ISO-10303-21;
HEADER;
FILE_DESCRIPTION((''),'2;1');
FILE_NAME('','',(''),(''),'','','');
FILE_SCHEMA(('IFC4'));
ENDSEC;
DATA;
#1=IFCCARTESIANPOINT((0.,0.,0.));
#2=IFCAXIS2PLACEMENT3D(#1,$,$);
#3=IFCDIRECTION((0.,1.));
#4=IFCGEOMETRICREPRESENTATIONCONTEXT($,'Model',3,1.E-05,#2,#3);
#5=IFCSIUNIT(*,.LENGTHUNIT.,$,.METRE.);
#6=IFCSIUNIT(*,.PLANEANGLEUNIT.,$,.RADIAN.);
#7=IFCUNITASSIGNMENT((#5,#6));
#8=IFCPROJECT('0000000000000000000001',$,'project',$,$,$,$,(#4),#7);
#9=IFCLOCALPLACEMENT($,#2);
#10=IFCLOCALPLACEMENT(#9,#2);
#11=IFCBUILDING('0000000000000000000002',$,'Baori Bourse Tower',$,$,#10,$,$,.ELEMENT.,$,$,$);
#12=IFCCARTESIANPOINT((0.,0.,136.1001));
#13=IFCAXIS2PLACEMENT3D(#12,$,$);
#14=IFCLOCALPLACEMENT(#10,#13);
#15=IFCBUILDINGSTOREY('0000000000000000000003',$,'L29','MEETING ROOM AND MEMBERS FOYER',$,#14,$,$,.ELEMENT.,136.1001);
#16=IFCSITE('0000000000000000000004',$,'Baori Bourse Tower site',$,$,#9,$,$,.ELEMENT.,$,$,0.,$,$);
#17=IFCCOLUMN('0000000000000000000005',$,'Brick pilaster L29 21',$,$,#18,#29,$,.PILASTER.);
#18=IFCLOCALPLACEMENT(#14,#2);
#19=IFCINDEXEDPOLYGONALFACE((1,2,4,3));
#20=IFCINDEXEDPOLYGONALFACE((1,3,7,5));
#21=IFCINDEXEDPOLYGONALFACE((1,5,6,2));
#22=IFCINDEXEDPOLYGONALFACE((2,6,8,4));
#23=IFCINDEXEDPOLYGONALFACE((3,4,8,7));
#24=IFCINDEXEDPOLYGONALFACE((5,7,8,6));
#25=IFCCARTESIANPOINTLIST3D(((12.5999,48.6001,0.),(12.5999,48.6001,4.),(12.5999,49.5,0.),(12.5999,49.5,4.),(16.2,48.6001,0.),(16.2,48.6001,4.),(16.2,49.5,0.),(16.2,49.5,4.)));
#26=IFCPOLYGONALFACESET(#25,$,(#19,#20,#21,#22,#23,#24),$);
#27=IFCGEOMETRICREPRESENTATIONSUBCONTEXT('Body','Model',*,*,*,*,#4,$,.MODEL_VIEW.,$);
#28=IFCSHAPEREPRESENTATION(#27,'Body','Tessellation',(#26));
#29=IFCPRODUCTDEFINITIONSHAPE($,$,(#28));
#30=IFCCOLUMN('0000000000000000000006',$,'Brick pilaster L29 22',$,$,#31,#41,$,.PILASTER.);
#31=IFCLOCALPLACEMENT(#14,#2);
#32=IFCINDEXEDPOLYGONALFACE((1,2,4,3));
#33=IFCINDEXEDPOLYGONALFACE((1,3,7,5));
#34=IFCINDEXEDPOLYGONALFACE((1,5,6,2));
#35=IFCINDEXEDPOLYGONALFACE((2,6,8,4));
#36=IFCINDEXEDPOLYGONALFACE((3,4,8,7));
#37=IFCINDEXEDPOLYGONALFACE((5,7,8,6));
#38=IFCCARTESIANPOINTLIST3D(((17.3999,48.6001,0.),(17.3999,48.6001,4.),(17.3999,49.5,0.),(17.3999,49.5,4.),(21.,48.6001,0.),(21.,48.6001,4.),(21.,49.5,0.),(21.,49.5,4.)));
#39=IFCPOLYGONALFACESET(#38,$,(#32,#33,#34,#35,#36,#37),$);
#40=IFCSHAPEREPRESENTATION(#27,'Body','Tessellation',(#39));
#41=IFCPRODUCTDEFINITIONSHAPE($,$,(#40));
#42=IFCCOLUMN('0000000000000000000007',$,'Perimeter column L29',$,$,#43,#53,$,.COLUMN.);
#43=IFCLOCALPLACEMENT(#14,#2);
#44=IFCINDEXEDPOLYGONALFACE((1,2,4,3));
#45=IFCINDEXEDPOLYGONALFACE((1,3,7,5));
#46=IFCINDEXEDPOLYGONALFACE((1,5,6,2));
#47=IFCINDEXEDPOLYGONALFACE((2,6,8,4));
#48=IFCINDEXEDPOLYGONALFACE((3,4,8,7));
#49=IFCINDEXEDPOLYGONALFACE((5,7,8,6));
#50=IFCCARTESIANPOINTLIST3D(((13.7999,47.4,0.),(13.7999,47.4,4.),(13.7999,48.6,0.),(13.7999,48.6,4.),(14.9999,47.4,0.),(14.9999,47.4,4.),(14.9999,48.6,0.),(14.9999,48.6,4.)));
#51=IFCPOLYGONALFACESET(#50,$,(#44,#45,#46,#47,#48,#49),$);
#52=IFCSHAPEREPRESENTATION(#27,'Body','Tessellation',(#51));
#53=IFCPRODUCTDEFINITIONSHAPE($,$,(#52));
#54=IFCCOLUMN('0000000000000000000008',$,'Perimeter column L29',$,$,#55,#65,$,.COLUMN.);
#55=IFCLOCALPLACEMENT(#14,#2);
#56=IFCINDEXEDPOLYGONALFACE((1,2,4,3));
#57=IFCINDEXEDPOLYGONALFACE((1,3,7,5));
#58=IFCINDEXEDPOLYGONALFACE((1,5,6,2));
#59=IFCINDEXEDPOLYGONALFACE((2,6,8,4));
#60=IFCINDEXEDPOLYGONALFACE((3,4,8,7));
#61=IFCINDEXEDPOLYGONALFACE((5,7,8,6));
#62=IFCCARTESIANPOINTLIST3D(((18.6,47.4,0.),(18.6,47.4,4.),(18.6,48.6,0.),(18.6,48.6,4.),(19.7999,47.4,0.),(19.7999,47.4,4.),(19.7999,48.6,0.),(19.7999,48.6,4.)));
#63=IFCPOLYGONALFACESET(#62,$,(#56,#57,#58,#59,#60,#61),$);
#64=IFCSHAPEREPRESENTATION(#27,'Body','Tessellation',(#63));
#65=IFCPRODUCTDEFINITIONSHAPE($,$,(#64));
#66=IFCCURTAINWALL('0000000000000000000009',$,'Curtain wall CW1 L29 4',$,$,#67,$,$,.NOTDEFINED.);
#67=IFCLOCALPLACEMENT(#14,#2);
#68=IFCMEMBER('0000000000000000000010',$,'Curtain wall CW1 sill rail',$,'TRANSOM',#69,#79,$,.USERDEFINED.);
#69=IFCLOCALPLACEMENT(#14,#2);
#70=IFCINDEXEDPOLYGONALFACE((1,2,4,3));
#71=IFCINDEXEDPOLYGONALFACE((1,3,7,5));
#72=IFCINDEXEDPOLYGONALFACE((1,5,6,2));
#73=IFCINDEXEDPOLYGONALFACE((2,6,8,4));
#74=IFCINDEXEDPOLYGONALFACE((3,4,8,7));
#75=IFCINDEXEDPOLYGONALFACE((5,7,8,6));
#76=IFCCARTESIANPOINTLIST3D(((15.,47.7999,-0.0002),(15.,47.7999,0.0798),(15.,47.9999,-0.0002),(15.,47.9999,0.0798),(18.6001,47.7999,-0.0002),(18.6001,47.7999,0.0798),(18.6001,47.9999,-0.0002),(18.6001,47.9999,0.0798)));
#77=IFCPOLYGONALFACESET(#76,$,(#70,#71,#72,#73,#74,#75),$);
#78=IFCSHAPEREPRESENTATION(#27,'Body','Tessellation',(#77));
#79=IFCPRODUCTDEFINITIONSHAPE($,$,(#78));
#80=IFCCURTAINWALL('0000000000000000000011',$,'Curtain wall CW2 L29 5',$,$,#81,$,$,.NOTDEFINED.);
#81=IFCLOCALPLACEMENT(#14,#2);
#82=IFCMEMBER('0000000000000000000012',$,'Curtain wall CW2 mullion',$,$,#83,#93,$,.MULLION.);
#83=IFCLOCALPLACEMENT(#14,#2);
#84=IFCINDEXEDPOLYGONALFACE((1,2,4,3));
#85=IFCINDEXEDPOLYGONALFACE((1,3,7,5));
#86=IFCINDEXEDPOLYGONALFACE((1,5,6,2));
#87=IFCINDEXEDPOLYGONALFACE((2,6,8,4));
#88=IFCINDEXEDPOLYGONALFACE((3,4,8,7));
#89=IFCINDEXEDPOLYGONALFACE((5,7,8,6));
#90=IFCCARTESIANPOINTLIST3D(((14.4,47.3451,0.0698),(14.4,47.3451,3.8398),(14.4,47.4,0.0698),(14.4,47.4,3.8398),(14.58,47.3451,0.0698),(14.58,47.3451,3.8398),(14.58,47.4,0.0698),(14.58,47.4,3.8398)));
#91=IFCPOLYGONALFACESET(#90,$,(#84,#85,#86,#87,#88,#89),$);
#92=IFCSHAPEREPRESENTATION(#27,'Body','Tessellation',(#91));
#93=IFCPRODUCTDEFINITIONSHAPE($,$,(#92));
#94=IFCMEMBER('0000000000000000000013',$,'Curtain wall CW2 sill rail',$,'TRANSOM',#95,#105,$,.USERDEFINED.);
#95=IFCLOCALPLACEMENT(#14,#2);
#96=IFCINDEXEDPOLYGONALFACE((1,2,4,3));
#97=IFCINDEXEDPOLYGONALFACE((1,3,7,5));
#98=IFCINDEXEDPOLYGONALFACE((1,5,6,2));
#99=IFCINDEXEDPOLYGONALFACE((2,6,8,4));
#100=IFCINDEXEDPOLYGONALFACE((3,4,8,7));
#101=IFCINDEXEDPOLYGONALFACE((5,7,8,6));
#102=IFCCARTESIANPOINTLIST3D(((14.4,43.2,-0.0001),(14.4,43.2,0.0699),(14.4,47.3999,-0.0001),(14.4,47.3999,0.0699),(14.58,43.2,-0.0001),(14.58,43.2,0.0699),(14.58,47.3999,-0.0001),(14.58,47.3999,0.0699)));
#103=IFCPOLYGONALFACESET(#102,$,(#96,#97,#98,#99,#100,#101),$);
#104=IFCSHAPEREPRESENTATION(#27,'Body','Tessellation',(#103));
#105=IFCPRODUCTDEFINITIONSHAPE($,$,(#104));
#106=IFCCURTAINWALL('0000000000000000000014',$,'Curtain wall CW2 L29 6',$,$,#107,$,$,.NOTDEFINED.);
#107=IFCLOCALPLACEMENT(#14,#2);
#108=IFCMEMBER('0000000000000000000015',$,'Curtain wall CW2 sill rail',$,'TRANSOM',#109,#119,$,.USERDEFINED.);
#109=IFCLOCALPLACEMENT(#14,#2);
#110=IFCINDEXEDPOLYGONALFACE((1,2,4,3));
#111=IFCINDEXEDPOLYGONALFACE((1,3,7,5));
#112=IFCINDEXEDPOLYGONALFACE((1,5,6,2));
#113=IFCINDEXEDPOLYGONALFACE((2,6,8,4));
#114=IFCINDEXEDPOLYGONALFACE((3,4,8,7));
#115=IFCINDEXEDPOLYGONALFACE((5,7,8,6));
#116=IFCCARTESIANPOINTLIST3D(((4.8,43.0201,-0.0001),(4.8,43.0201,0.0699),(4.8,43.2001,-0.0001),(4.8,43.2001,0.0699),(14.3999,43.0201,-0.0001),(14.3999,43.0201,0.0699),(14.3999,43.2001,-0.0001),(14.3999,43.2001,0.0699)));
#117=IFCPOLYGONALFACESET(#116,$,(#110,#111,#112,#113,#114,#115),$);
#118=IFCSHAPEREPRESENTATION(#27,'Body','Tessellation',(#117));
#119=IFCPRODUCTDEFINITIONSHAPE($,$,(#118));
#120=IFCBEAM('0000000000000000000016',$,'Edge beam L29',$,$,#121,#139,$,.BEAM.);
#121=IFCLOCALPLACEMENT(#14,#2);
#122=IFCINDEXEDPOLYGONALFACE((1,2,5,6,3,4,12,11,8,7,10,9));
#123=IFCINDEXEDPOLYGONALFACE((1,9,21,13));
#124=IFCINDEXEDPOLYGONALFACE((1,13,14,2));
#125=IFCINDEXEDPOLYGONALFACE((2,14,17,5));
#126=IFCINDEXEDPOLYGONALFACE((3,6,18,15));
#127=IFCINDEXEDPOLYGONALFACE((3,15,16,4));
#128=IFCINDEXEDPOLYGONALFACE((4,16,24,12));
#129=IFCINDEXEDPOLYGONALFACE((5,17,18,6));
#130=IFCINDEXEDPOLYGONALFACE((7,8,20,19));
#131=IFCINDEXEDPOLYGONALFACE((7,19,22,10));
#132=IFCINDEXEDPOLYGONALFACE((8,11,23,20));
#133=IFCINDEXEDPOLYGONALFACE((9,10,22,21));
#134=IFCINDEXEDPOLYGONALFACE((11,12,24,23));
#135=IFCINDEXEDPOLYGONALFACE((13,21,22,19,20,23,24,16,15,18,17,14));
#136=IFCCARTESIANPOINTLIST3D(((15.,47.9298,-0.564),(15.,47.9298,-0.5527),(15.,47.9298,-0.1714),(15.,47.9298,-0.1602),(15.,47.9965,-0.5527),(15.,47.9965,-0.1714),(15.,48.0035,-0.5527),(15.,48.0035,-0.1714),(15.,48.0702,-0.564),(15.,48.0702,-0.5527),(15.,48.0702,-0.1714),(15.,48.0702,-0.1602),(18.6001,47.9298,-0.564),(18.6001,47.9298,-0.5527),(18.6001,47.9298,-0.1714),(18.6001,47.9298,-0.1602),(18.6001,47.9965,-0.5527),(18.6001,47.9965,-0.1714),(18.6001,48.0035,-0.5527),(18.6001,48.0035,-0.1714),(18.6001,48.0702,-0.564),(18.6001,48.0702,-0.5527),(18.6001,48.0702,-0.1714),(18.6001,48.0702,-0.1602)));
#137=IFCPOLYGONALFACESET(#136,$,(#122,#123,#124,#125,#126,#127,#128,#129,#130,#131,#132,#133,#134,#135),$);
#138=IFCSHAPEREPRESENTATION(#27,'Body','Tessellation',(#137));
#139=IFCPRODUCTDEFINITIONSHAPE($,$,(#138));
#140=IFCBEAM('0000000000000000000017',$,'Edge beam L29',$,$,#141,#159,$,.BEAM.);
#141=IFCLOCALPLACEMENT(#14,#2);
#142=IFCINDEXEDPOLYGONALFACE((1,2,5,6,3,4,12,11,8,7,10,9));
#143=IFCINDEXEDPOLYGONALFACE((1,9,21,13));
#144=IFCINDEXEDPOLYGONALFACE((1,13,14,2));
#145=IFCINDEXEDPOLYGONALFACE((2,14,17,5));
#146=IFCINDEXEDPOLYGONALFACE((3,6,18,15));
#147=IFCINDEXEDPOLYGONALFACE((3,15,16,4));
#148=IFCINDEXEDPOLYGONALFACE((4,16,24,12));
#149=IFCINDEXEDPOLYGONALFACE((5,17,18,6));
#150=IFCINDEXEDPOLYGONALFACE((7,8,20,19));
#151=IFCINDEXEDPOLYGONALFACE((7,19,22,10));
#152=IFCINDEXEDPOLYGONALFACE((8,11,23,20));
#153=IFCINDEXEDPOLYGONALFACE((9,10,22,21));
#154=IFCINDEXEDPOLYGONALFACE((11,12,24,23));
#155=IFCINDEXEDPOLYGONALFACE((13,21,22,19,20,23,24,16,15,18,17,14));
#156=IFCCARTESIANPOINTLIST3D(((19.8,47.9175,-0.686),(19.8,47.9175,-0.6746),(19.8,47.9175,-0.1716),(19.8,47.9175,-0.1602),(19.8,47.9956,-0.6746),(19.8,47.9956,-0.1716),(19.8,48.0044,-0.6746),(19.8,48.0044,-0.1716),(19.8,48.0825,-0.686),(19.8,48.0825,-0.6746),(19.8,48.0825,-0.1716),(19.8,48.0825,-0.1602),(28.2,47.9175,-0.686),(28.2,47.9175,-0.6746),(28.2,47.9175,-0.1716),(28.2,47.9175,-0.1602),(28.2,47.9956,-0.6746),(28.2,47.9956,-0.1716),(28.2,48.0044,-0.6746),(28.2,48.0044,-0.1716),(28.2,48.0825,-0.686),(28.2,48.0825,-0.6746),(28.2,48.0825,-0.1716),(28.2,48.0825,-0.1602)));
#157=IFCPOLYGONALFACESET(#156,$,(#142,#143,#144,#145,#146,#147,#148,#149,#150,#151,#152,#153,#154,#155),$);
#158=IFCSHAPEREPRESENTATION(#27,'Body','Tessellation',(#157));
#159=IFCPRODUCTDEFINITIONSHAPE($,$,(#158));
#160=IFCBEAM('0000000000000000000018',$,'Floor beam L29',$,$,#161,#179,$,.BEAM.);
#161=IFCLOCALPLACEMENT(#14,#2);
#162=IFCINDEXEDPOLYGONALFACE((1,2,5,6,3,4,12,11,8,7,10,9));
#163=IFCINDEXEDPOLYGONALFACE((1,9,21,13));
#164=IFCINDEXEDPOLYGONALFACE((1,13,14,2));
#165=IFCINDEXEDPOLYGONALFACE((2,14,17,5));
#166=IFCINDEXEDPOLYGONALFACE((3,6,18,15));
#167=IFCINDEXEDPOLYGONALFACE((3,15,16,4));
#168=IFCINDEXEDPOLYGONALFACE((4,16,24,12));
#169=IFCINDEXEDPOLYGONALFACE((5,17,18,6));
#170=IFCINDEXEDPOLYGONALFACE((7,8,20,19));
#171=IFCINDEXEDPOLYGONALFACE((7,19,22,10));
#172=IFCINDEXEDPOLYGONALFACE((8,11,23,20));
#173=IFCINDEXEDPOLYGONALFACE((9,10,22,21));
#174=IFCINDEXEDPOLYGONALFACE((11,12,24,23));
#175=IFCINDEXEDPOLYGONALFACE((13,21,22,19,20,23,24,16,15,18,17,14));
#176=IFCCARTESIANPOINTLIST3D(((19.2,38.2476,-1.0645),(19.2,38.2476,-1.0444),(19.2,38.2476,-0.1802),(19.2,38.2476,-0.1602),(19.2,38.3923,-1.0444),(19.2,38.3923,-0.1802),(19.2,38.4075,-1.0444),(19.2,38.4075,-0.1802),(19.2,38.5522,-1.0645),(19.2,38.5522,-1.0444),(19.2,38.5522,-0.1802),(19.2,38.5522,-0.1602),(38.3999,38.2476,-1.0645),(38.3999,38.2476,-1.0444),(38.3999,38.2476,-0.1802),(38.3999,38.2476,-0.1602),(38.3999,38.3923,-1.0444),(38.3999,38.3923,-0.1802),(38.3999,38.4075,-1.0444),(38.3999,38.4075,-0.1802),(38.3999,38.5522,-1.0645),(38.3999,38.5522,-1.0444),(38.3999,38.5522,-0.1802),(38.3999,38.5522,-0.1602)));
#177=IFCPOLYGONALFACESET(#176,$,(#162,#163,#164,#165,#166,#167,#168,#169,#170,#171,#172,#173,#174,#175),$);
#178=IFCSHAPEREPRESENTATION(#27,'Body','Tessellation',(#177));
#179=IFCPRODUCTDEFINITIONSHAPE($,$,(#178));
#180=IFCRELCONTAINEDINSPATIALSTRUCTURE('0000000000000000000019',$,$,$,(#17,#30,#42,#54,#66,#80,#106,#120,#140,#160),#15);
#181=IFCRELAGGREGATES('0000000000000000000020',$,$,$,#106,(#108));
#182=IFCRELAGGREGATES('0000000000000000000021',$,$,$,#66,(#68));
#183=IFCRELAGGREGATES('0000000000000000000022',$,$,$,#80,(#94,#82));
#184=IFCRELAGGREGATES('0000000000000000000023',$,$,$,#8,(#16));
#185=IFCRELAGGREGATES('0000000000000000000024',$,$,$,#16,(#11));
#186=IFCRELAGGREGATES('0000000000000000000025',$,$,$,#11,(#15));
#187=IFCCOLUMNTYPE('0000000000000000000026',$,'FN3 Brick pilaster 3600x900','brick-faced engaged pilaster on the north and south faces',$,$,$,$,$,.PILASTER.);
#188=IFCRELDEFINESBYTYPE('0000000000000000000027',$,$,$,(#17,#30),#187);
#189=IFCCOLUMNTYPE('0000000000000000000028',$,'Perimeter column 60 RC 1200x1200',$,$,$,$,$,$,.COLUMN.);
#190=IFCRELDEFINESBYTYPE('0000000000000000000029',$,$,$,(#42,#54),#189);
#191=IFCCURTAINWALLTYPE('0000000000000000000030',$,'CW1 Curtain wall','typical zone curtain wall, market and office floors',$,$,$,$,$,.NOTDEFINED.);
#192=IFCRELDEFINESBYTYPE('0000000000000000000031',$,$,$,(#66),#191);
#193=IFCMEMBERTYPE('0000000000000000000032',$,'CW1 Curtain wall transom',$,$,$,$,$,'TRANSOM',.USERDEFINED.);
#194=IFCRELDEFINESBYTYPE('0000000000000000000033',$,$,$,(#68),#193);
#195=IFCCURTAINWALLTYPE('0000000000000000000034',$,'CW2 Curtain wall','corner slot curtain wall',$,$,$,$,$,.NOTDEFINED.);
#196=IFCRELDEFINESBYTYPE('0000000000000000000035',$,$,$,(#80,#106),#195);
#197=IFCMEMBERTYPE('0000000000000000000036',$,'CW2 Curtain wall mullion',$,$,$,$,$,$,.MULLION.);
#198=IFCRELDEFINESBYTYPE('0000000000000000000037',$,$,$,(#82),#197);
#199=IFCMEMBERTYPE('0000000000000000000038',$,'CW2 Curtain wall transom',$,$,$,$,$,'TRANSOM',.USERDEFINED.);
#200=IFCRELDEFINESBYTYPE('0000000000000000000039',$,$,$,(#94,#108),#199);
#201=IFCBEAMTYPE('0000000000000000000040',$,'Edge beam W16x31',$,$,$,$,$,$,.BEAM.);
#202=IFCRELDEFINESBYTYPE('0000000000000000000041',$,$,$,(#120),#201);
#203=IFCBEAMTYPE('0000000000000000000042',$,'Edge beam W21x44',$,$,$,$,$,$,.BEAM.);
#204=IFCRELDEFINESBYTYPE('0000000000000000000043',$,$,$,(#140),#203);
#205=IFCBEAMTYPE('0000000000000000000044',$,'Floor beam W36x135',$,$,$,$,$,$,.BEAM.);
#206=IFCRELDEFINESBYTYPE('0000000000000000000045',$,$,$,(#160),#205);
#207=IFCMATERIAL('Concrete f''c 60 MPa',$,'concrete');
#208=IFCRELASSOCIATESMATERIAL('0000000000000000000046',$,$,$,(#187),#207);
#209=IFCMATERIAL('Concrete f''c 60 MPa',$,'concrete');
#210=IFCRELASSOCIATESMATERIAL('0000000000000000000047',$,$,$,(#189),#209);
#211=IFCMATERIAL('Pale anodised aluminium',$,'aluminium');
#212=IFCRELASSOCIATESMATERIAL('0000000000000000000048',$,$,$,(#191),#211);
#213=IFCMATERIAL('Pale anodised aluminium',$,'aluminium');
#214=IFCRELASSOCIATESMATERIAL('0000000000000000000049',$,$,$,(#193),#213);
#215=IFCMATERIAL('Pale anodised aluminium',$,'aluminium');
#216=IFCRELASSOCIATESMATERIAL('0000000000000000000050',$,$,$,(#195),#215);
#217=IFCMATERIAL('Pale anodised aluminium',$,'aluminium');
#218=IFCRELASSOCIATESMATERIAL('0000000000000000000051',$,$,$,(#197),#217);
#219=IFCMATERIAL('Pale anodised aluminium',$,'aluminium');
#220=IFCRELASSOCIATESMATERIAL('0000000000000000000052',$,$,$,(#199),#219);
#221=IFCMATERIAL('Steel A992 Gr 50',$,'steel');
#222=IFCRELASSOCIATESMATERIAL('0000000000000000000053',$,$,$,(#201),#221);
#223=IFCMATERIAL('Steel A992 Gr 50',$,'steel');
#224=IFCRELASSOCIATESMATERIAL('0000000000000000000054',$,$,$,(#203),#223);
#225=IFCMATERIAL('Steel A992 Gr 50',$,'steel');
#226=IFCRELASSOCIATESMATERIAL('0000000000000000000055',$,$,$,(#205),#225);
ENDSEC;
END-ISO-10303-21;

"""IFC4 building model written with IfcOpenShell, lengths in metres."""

from ifc_helpers import new_model, si_unit, direction, frame, origin, origin_2d, place, context, subcontext, project, spatial, rectangle, i_section, extrude, material, material_profile, profile_set, type_object, element, aggregate, save


model = new_model("IFC4")

# Units and contexts
model_context = context("Model", 3, precision=1e-05, world=origin(), true_north=direction((0.0, 1.0)))
body_context = subcontext(model_context, "Body", "Model", "MODEL_VIEW")
ifc_project = project(units=[si_unit("LENGTHUNIT", "METRE"), si_unit("PLANEANGLEUNIT", "RADIAN")], contexts=[model_context])

# Site, building, storey
site_placement = place(None, origin())
site = spatial("IfcSite", under=ifc_project, at=site_placement, Name="Baori Bourse Tower site", CompositionType="ELEMENT", RefElevation=0.0)
building_placement = place(site_placement, origin())
building = spatial("IfcBuilding", under=site, at=building_placement, Name="Baori Bourse Tower", CompositionType="ELEMENT")
storey_placement = place(building_placement, frame((0.0, 0.0, 136.1001)))
storey = spatial("IfcBuildingStorey", under=building, at=storey_placement, Name="L29", Description="MEETING ROOM AND MEMBERS FOYER", CompositionType="ELEMENT", Elevation=136.1001)

# Columns
ifc_material_1 = material(Name="Concrete f'c 60 MPa", Category="concrete")
ifc_material_profile_1 = material_profile(ifc_material_1, rectangle(XDim=3.6001, YDim=0.8999, at=origin_2d()), Name="RC 3600x900")
ifc_profile_set_1 = profile_set([ifc_material_profile_1], Name="Concrete f'c 60 MPa")
column_type_1 = type_object("IfcColumnType", Name="FN3 Brick pilaster 3600x900", Description="brick-faced engaged pilaster on the north and south faces", PredefinedType="PILASTER", material=ifc_profile_set_1)
for number, where, z_axis, x_axis, name in (
    (1, (14.3999, 49.05, 0.0), (0.0, 0.0, 1.0), (1.0, 0.0, 0.0), "Brick pilaster L29 21"),
    (2, (19.2, 49.05, 0.0), (0.0, 0.0, 1.0), (1.0, 0.0, 0.0), "Brick pilaster L29 22"),
):
    element("IfcColumn", number, at=place(storey_placement, frame(where, z_axis=z_axis, x_axis=x_axis)), inside=storey, type_object=column_type_1, Name=name, PredefinedType="PILASTER", context=body_context, shape_type="SweptSolid", body=[
        extrude(rectangle(XDim=3.6001, YDim=0.8999, at=origin_2d()), origin(), (0.0, 0.0, 1.0), 4.0),
    ])
ifc_material_2 = material(Name="Concrete f'c 60 MPa", Category="concrete")
ifc_material_profile_2 = material_profile(ifc_material_2, rectangle(XDim=1.2, YDim=1.2, at=origin_2d()), Name="RC 1200x1200")
ifc_profile_set_2 = profile_set([ifc_material_profile_2], Name="Concrete f'c 60 MPa")
column_type_2 = type_object("IfcColumnType", Name="Perimeter column 60 RC 1200x1200", PredefinedType="COLUMN", material=ifc_profile_set_2)
for number, where, z_axis, x_axis, name in (
    (3, (14.3999, 48.0, 0.0), (0.0, 0.0, 1.0), (1.0, 0.0, 0.0), "Perimeter column L29"),
    (4, (19.2, 48.0, 0.0), (0.0, 0.0, 1.0), (1.0, 0.0, 0.0), "Perimeter column L29"),
):
    element("IfcColumn", number, at=place(storey_placement, frame(where, z_axis=z_axis, x_axis=x_axis)), inside=storey, type_object=column_type_2, Name=name, PredefinedType="COLUMN", context=body_context, shape_type="SweptSolid", body=[
        extrude(rectangle(XDim=1.2, YDim=1.2, at=origin_2d()), origin(), (0.0, 0.0, 1.0), 4.0),
    ])

# Curtain wall, member
ifc_material_3 = material(Name="Pale anodised aluminium", Category="aluminium")
curtain_wall_type_1 = type_object("IfcCurtainWallType", Name="CW1 Curtain wall", Description="typical zone curtain wall, market and office floors", PredefinedType="NOTDEFINED", material=ifc_material_3)
curtain_wall_1_placement = place(storey_placement, origin())
curtain_wall_1 = element("IfcCurtainWall", 5, at=curtain_wall_1_placement, inside=storey, type_object=curtain_wall_type_1, Name="Curtain wall CW1 L29 4", PredefinedType="NOTDEFINED")
ifc_material_4 = material(Name="Pale anodised aluminium", Category="aluminium")
ifc_material_profile_3 = material_profile(ifc_material_4, rectangle(XDim=0.2, YDim=0.0801, at=origin_2d()), Name="Transom 80x200")
ifc_profile_set_3 = profile_set([ifc_material_profile_3], Name="Pale anodised aluminium")
member_type_1 = type_object("IfcMemberType", Name="CW1 Curtain wall transom", ElementType="TRANSOM", PredefinedType="USERDEFINED", material=ifc_profile_set_3)
member_1_placement = place(storey_placement, frame((18.6001, 47.8999, 0.0398), z_axis=(-1.0, 0.0, 0.0), x_axis=(0.0, -1.0, 0.0)))
member_1 = element("IfcMember", 6, at=member_1_placement, type_object=member_type_1, Name="Curtain wall CW1 sill rail", ObjectType="TRANSOM", PredefinedType="USERDEFINED", context=body_context, shape_type="SweptSolid", body=[
    extrude(rectangle(XDim=0.2, YDim=0.0801, at=origin_2d()), origin(), (0.0, 0.0, 1.0), 3.6001),
])

# Curtain wall, members
ifc_material_5 = material(Name="Pale anodised aluminium", Category="aluminium")
curtain_wall_type_2 = type_object("IfcCurtainWallType", Name="CW2 Curtain wall", Description="corner slot curtain wall", PredefinedType="NOTDEFINED", material=ifc_material_5)
curtain_wall_2_placement = place(storey_placement, origin())
curtain_wall_2 = element("IfcCurtainWall", 7, at=curtain_wall_2_placement, inside=storey, type_object=curtain_wall_type_2, Name="Curtain wall CW2 L29 5", PredefinedType="NOTDEFINED")
ifc_material_6 = material(Name="Pale anodised aluminium", Category="aluminium")
ifc_material_profile_4 = material_profile(ifc_material_6, rectangle(XDim=0.1799, YDim=0.0549, at=origin_2d()), Name="Mullion 55x180")
ifc_profile_set_4 = profile_set([ifc_material_profile_4], Name="Pale anodised aluminium")
member_type_2 = type_object("IfcMemberType", Name="CW2 Curtain wall mullion", PredefinedType="MULLION", material=ifc_profile_set_4)
member_2_placement = place(storey_placement, frame((14.49, 47.3726, 0.0698), z_axis=(0.0, 0.0, 1.0), x_axis=(1.0, 0.0, 0.0)))
member_2 = element("IfcMember", 8, at=member_2_placement, type_object=member_type_2, Name="Curtain wall CW2 mullion", PredefinedType="MULLION", context=body_context, shape_type="SweptSolid", body=[
    extrude(rectangle(XDim=0.1799, YDim=0.0549, at=origin_2d()), origin(), (0.0, 0.0, 1.0), 3.77),
])
ifc_material_7 = material(Name="Pale anodised aluminium", Category="aluminium")
ifc_material_profile_5 = material_profile(ifc_material_7, rectangle(XDim=0.1799, YDim=0.0701, at=origin_2d()), Name="Transom 70x180")
ifc_profile_set_5 = profile_set([ifc_material_profile_5], Name="Pale anodised aluminium")
member_type_3 = type_object("IfcMemberType", Name="CW2 Curtain wall transom", ElementType="TRANSOM", PredefinedType="USERDEFINED", material=ifc_profile_set_5)
member_3_placement = place(storey_placement, frame((14.49, 47.3999, 0.0349), z_axis=(0.0, -1.0, 0.0), x_axis=(1.0, 0.0, 0.0)))
member_3 = element("IfcMember", 9, at=member_3_placement, type_object=member_type_3, Name="Curtain wall CW2 sill rail", ObjectType="TRANSOM", PredefinedType="USERDEFINED", context=body_context, shape_type="SweptSolid", body=[
    extrude(rectangle(XDim=0.1799, YDim=0.0701, at=origin_2d()), origin(), (0.0, 0.0, 1.0), 4.2),
])

# Curtain wall, member
curtain_wall_3_placement = place(storey_placement, origin())
curtain_wall_3 = element("IfcCurtainWall", 10, at=curtain_wall_3_placement, inside=storey, type_object=curtain_wall_type_2, Name="Curtain wall CW2 L29 6", PredefinedType="NOTDEFINED")
member_4_placement = place(storey_placement, frame((14.3999, 43.1101, 0.0349), z_axis=(-1.0, 0.0, 0.0), x_axis=(0.0, -1.0, 0.0)))
member_4 = element("IfcMember", 11, at=member_4_placement, type_object=member_type_3, Name="Curtain wall CW2 sill rail", ObjectType="TRANSOM", PredefinedType="USERDEFINED", context=body_context, shape_type="SweptSolid", body=[
    extrude(rectangle(XDim=0.1799, YDim=0.0701, at=origin_2d()), origin(), (0.0, 0.0, 1.0), 9.5999),
])
aggregate(curtain_wall_3, [member_4])

# Beams
ifc_material_8 = material(Name="Steel A992 Gr 50", Category="steel")
ifc_material_profile_6 = material_profile(ifc_material_8, i_section(OverallWidth=0.1404, OverallDepth=0.4038, WebThickness=0.0071, FlangeThickness=0.0112, at=origin_2d()), Name="W16x31")
ifc_profile_set_6 = profile_set([ifc_material_profile_6], Name="Steel A992 Gr 50")
beam_type_1 = type_object("IfcBeamType", Name="Edge beam W16x31", PredefinedType="BEAM", material=ifc_profile_set_6)
beam_1_placement = place(storey_placement, frame((15.0, 48.0, -0.3621), z_axis=(1.0, 0.0, 0.0), x_axis=(0.0, 1.0, 0.0)))
element("IfcBeam", 12, at=beam_1_placement, inside=storey, type_object=beam_type_1, Name="Edge beam L29", PredefinedType="BEAM", context=body_context, shape_type="SweptSolid", body=[
    extrude(i_section(OverallWidth=0.1404, OverallDepth=0.4038, WebThickness=0.0071, FlangeThickness=0.0112, at=origin_2d()), origin(), (0.0, 0.0, 1.0), 3.6001),
])
ifc_material_9 = material(Name="Steel A992 Gr 50", Category="steel")
ifc_material_profile_7 = material_profile(ifc_material_9, i_section(OverallWidth=0.165, OverallDepth=0.5259, WebThickness=0.0088, FlangeThickness=0.0115, at=origin_2d()), Name="W21x44")
ifc_profile_set_7 = profile_set([ifc_material_profile_7], Name="Steel A992 Gr 50")
beam_type_2 = type_object("IfcBeamType", Name="Edge beam W21x44", PredefinedType="BEAM", material=ifc_profile_set_7)
beam_2_placement = place(storey_placement, frame((19.8, 48.0, -0.4231), z_axis=(1.0, 0.0, 0.0), x_axis=(0.0, 1.0, 0.0)))
element("IfcBeam", 13, at=beam_2_placement, inside=storey, type_object=beam_type_2, Name="Edge beam L29", PredefinedType="BEAM", context=body_context, shape_type="SweptSolid", body=[
    extrude(i_section(OverallWidth=0.165, OverallDepth=0.5259, WebThickness=0.0088, FlangeThickness=0.0115, at=origin_2d()), origin(), (0.0, 0.0, 1.0), 8.3999),
])
ifc_material_10 = material(Name="Steel A992 Gr 50", Category="steel")
ifc_material_profile_8 = material_profile(ifc_material_10, i_section(OverallWidth=0.3047, OverallDepth=0.9043, WebThickness=0.0151, FlangeThickness=0.02, at=origin_2d()), Name="W36x135")
ifc_profile_set_8 = profile_set([ifc_material_profile_8], Name="Steel A992 Gr 50")
beam_type_3 = type_object("IfcBeamType", Name="Floor beam W36x135", PredefinedType="BEAM", material=ifc_profile_set_8)
beam_3_placement = place(storey_placement, frame((19.2, 38.3999, -0.6123), z_axis=(1.0, 0.0, 0.0), x_axis=(0.0, 1.0, 0.0)))
element("IfcBeam", 14, at=beam_3_placement, inside=storey, type_object=beam_type_3, Name="Floor beam L29", PredefinedType="BEAM", context=body_context, shape_type="SweptSolid", body=[
    extrude(i_section(OverallWidth=0.3047, OverallDepth=0.9043, WebThickness=0.0151, FlangeThickness=0.02, at=origin_2d()), origin(), (0.0, 0.0, 1.0), 19.2),
])

aggregate(curtain_wall_1, [member_1])
aggregate(curtain_wall_2, [member_3, member_2])

save(model, "model.ifc")
